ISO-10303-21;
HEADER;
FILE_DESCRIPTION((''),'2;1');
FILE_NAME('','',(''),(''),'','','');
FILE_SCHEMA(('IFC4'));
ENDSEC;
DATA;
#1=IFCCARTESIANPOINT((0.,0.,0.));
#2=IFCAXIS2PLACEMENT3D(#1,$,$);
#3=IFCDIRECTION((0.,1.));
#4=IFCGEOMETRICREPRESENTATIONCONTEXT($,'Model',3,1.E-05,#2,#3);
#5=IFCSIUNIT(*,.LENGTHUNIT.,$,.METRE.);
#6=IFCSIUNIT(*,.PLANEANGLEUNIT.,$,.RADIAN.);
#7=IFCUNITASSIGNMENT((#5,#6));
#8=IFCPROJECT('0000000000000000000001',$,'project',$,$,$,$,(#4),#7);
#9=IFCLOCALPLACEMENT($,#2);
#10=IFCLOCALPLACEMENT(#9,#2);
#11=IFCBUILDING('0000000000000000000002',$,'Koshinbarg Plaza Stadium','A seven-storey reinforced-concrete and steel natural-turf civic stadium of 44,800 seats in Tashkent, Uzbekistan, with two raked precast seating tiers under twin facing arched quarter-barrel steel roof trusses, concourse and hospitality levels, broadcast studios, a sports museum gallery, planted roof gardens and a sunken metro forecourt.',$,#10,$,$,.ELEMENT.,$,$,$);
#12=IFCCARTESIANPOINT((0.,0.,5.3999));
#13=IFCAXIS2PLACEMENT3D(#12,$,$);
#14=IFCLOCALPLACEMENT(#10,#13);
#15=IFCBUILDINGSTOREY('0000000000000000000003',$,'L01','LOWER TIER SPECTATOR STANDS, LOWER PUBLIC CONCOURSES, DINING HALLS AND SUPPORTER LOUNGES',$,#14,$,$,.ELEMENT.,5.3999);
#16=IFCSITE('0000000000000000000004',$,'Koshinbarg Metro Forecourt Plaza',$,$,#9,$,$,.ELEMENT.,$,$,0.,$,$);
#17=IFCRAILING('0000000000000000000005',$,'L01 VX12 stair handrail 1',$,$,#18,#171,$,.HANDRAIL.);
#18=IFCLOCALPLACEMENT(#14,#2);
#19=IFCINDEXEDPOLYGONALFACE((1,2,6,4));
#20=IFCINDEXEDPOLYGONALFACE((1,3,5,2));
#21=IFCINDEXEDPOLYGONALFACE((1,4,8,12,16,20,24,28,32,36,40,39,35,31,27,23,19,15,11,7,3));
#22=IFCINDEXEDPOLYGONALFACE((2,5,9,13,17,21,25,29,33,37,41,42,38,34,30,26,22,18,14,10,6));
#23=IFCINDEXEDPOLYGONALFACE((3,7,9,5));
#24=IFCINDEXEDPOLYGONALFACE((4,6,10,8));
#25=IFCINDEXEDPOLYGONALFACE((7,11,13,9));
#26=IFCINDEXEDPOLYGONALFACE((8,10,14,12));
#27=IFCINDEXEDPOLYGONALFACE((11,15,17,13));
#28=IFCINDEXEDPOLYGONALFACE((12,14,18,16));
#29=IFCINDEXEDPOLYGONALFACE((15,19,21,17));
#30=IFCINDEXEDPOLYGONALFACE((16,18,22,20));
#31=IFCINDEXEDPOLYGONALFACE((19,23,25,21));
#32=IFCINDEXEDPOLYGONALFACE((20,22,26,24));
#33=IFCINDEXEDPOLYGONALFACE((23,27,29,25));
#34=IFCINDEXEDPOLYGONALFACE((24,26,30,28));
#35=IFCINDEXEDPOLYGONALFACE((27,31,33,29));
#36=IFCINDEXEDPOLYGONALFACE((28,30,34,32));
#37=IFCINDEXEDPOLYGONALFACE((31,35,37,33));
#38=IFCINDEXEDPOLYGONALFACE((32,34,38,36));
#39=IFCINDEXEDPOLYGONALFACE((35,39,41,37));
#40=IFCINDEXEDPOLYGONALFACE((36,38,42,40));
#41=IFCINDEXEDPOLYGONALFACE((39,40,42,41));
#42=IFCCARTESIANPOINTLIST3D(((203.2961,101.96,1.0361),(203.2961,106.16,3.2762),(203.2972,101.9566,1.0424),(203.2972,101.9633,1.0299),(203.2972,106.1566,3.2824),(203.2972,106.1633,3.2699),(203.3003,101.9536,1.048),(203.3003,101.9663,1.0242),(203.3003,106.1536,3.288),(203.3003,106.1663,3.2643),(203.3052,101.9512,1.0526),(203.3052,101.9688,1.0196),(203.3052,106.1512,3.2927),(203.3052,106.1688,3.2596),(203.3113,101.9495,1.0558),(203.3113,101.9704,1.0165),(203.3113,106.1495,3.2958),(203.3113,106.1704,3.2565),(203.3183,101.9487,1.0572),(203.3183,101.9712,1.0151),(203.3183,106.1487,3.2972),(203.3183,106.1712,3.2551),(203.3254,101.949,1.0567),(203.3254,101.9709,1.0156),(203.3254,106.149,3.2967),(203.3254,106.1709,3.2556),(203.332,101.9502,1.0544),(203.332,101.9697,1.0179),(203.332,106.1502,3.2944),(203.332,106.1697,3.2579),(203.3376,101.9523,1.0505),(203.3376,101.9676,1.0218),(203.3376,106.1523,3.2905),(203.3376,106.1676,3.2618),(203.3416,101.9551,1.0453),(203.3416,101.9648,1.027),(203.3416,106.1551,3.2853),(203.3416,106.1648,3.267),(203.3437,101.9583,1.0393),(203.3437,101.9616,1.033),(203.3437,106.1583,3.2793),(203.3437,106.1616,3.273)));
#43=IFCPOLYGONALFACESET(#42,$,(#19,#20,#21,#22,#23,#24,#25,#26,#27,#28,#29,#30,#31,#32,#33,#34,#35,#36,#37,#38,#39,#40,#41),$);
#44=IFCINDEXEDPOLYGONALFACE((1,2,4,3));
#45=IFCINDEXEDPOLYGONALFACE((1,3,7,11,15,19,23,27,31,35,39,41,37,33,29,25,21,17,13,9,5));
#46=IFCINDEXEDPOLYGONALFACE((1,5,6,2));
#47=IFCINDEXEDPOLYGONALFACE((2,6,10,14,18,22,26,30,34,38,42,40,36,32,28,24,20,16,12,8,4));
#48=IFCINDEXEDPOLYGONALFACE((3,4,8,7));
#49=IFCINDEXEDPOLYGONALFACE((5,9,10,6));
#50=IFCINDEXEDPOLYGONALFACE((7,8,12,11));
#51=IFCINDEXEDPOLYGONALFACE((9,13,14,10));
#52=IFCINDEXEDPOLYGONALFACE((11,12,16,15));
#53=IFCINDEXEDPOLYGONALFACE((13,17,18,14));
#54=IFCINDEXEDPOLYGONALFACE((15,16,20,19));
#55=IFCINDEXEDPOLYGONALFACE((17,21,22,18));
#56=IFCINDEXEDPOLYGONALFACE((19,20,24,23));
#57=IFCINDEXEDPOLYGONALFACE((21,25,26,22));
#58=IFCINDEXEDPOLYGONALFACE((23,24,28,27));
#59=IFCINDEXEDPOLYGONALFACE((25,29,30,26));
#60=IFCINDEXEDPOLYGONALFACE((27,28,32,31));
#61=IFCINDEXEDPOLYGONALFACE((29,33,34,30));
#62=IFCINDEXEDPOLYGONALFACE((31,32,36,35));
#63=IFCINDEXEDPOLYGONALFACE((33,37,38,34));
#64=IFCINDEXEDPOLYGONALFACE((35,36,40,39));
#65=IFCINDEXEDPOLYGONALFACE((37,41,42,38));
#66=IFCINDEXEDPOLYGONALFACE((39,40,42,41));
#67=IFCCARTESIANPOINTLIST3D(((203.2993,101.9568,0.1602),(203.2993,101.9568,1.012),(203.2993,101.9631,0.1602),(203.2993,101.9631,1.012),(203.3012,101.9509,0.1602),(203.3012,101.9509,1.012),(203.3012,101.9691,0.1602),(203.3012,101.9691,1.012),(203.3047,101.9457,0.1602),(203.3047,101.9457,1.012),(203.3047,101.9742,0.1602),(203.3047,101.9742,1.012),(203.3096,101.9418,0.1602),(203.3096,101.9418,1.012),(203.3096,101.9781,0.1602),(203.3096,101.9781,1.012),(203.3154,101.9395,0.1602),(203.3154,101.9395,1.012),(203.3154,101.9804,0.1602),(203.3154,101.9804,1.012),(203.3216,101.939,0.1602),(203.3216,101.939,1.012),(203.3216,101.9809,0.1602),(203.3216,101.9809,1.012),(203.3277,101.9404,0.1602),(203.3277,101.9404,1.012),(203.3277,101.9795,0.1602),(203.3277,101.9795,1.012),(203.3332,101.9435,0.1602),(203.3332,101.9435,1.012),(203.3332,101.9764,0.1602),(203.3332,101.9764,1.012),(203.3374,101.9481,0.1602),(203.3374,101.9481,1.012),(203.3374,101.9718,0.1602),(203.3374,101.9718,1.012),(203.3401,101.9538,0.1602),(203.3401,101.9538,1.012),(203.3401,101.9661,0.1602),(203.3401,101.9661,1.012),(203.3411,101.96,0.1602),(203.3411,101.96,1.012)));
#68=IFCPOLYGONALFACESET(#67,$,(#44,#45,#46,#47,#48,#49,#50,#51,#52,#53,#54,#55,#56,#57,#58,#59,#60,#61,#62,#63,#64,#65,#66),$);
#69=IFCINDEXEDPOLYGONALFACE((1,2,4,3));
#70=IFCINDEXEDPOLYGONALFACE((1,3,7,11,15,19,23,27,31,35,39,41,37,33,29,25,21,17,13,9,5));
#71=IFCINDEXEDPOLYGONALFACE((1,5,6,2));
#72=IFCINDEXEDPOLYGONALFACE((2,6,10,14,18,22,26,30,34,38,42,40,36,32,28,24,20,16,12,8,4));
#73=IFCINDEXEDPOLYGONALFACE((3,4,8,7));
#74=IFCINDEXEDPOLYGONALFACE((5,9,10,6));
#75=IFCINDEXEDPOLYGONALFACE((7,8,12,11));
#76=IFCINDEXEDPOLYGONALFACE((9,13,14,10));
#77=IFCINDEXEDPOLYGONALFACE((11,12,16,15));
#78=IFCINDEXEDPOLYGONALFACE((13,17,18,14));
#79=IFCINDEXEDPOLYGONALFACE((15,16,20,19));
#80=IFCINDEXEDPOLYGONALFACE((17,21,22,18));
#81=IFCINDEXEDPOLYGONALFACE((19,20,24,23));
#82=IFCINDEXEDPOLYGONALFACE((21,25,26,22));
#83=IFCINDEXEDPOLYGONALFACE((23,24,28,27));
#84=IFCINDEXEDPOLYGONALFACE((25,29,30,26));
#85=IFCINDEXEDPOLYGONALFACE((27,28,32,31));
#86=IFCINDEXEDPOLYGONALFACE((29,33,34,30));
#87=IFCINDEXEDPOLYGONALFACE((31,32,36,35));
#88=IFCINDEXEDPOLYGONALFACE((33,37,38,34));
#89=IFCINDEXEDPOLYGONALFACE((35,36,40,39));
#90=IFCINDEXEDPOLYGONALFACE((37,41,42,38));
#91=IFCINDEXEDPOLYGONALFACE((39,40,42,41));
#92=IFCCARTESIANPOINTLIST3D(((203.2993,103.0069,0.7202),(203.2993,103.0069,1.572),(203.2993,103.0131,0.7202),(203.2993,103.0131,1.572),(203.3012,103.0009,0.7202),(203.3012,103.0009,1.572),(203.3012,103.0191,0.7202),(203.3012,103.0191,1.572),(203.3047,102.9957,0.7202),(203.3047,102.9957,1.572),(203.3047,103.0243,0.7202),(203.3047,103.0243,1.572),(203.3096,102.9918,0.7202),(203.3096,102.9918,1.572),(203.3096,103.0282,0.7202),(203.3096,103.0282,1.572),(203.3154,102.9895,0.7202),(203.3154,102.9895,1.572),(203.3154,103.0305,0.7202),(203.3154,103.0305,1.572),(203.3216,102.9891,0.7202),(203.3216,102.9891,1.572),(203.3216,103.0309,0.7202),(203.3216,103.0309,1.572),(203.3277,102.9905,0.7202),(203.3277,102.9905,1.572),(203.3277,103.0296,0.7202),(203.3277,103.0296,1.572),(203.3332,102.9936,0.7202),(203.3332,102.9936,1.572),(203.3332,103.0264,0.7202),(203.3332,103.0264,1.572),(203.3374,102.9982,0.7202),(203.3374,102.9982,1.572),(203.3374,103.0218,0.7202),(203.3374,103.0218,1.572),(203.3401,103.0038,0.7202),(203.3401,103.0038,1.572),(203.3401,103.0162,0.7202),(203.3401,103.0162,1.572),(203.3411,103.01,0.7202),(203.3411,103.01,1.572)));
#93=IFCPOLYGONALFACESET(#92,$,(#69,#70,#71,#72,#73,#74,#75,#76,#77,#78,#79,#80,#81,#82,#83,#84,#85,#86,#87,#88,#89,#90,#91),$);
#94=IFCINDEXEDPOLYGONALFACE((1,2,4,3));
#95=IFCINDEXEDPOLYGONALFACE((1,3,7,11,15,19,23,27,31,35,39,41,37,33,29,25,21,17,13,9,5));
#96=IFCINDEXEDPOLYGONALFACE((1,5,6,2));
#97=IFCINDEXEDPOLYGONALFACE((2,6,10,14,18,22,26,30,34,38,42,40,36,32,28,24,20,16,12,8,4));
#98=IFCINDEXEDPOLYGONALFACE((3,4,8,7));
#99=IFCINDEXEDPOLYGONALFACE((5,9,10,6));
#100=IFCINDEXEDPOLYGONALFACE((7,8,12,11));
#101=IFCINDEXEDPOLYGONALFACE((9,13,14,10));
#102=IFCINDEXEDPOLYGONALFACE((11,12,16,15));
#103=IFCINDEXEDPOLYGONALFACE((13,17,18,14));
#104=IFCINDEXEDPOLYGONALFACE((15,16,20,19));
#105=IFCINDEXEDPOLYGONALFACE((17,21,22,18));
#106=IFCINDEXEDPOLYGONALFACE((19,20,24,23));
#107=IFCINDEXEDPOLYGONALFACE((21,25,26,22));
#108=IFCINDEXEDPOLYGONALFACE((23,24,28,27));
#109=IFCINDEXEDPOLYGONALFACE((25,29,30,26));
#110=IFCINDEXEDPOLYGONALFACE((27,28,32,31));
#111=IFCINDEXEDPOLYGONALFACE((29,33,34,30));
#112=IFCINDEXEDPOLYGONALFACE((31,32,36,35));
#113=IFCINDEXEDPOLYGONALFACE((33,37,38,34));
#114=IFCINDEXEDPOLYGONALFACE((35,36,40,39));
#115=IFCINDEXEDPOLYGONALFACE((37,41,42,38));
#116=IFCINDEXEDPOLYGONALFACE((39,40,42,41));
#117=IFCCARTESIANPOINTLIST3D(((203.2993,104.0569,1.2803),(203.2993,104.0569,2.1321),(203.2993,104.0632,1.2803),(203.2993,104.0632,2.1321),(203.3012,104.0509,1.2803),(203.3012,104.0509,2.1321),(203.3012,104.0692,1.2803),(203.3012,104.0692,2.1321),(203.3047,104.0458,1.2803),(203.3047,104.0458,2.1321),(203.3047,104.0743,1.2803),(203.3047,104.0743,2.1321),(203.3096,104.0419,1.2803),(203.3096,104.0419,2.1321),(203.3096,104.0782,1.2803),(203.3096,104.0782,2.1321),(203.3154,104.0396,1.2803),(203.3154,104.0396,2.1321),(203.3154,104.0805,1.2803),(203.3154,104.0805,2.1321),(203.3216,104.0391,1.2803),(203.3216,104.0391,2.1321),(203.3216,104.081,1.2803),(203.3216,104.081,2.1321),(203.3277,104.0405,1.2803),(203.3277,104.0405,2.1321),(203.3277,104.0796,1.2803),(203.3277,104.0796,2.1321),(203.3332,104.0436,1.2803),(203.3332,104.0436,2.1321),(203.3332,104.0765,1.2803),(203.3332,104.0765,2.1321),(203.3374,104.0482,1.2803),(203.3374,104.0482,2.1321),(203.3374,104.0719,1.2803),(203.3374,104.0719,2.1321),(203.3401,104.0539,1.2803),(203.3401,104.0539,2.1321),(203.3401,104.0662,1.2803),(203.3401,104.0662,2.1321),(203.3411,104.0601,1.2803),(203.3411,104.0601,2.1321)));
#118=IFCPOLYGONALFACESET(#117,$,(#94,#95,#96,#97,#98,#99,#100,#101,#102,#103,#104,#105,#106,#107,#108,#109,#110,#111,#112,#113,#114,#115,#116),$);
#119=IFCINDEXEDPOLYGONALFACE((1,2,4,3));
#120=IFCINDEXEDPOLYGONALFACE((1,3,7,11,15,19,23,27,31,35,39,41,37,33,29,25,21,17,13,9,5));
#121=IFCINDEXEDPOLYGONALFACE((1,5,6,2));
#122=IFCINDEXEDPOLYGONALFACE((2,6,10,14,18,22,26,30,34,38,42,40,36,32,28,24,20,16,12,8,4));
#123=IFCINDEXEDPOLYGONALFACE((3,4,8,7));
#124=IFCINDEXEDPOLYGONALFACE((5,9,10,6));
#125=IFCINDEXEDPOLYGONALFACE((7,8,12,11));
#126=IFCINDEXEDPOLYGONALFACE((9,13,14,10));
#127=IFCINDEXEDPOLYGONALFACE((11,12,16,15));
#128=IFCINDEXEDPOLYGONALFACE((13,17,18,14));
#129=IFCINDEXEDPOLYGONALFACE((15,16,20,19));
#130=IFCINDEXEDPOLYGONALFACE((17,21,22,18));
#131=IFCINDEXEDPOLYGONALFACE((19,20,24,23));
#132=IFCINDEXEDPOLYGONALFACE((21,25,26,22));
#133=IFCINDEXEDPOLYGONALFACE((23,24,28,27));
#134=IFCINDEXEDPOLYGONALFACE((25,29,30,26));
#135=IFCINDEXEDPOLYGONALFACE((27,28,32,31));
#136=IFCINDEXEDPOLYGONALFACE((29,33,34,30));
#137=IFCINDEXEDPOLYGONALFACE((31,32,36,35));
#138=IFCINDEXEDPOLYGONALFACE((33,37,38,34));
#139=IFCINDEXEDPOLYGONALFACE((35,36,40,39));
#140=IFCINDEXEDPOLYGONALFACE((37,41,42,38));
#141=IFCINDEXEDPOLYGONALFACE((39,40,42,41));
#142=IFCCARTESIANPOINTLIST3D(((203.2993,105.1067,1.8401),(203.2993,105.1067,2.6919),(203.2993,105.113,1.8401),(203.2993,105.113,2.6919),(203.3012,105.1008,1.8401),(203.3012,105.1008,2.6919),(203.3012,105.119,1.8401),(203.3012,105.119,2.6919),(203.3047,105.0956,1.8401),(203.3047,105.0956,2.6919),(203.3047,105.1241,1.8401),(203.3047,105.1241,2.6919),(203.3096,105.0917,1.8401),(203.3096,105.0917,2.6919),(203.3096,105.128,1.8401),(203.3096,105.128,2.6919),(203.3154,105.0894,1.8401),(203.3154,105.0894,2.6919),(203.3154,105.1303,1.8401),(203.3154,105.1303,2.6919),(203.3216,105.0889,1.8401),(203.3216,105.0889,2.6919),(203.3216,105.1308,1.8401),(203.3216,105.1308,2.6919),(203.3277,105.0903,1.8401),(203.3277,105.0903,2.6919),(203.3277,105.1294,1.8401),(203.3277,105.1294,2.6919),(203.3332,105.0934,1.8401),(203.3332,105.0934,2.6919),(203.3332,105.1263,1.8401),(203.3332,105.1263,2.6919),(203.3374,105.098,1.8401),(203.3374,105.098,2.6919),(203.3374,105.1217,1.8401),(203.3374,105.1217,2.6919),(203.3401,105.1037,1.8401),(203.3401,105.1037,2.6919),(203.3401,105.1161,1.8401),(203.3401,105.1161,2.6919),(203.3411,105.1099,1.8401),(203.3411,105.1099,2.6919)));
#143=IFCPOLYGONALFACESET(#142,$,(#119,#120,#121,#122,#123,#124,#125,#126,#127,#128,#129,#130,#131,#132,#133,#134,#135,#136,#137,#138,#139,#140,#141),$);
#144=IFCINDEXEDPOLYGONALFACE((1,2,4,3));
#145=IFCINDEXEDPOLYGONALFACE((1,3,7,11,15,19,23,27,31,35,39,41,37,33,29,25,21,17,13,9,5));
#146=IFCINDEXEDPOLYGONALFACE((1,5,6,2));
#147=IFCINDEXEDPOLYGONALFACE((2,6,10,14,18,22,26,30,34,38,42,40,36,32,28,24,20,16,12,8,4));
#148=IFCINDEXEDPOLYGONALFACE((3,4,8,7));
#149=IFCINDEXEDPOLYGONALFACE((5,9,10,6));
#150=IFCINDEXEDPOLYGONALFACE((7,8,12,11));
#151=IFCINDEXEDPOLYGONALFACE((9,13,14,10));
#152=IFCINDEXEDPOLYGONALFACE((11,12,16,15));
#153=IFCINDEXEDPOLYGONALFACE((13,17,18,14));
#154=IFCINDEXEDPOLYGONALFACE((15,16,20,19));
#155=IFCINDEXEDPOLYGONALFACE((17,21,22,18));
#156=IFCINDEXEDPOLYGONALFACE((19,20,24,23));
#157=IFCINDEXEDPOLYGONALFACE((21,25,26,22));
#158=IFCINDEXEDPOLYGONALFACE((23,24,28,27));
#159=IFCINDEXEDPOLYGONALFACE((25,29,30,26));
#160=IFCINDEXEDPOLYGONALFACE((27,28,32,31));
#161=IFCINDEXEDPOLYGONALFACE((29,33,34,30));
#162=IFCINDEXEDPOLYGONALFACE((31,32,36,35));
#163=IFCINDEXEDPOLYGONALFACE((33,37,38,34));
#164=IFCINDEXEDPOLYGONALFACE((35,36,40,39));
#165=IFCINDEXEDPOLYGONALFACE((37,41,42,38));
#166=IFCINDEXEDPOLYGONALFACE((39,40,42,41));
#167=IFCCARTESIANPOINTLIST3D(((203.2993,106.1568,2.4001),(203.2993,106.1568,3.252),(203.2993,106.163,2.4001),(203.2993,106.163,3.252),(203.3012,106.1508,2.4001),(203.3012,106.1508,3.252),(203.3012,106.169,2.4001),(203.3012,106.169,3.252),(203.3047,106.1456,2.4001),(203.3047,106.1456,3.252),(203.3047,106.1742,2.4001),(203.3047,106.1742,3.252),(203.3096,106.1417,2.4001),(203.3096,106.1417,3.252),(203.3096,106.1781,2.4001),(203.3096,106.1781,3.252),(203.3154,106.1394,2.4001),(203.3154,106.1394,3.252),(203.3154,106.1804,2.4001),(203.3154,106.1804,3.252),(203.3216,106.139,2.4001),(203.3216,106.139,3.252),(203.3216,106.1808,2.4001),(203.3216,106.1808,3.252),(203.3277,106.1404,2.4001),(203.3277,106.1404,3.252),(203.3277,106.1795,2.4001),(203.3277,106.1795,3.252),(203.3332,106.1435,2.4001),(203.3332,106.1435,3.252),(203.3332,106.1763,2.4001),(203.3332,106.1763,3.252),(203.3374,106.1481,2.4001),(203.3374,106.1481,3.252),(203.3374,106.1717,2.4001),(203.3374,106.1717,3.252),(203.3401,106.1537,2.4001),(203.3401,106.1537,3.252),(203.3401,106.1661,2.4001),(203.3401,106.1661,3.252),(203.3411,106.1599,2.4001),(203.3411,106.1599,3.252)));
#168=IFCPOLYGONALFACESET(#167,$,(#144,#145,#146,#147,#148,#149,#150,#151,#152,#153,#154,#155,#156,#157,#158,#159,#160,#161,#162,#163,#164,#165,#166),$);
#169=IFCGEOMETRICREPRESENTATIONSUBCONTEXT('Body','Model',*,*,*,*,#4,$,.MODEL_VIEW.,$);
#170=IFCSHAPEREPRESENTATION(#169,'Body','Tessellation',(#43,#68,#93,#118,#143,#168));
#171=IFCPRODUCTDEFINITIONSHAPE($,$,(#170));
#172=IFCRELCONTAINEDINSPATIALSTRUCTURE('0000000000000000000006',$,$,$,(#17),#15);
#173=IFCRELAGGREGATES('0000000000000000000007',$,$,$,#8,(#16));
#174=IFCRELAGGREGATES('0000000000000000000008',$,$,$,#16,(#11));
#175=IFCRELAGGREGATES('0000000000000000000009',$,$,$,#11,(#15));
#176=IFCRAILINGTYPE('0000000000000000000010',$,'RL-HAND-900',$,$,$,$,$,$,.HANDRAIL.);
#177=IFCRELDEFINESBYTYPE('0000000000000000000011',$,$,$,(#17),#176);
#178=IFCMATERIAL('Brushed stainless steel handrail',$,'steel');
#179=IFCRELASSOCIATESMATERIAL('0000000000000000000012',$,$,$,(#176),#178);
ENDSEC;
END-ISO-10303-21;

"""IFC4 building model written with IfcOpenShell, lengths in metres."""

from ifc_helpers import new_model, si_unit, direction, frame, origin, origin_2d, place, context, subcontext, project, spatial, circle, extrude, material, type_object, element, save


model = new_model("IFC4")

# Units and contexts
model_context = context("Model", 3, precision=1e-05, world=origin(), true_north=direction((0.0, 1.0)))
body_context = subcontext(model_context, "Body", "Model", "MODEL_VIEW")
ifc_project = project(units=[si_unit("LENGTHUNIT", "METRE"), si_unit("PLANEANGLEUNIT", "RADIAN")], contexts=[model_context])

# Site, building, storey
site_placement = place(None, origin())
site = spatial("IfcSite", under=ifc_project, at=site_placement, Name="Koshinbarg Metro Forecourt Plaza", CompositionType="ELEMENT", RefElevation=0.0)
building_placement = place(site_placement, origin())
building = spatial("IfcBuilding", under=site, at=building_placement, Name="Koshinbarg Plaza Stadium", Description="A seven-storey reinforced-concrete and steel natural-turf civic stadium of 44,800 seats in Tashkent, Uzbekistan, with two raked precast seating tiers under twin facing arched quarter-barrel steel roof trusses, concourse and hospitality levels, broadcast studios, a sports museum gallery, planted roof gardens and a sunken metro forecourt.", CompositionType="ELEMENT")
storey_placement = place(building_placement, frame((0.0, 0.0, 5.3999)))
storey = spatial("IfcBuildingStorey", under=building, at=storey_placement, Name="L01", Description="LOWER TIER SPECTATOR STANDS, LOWER PUBLIC CONCOURSES, DINING HALLS AND SUPPORTER LOUNGES", CompositionType="ELEMENT", Elevation=5.3999)

# Railing
ifc_material_1 = material(Name="Brushed stainless steel handrail", Category="steel")
railing_type_1 = type_object("IfcRailingType", Name="RL-HAND-900", PredefinedType="HANDRAIL", material=ifc_material_1)
railing_1_placement = place(storey_placement, frame((203.3201, 101.96, 0.1602)))
element("IfcRailing", 1, at=railing_1_placement, inside=storey, type_object=railing_type_1, Name="L01 VX12 stair handrail 1", PredefinedType="HANDRAIL", context=body_context, shape_type="SweptSolid", body=[
    extrude(circle(Radius=0.0239, at=origin_2d()), frame((0.0, 0.0, 0.876), z_axis=(0.0, 0.882352, 0.470591), x_axis=(-1.0, 0.0, 0.0)), (0.0, 0.0, 1.0), 4.76),
    extrude(circle(Radius=0.021, at=origin_2d()), origin(), (0.0, 0.0, 1.0), 0.8518),
    extrude(circle(Radius=0.021, at=origin_2d()), frame((0.0, 1.05, 0.5601)), (0.0, 0.0, 1.0), 0.8518),
    extrude(circle(Radius=0.021, at=origin_2d()), frame((0.0, 2.1001, 1.1201)), (0.0, 0.0, 1.0), 0.8518),
    extrude(circle(Radius=0.021, at=origin_2d()), frame((0.0, 3.1499, 1.6799)), (0.0, 0.0, 1.0), 0.8518),
    extrude(circle(Radius=0.021, at=origin_2d()), frame((0.0, 4.2, 2.24)), (0.0, 0.0, 1.0), 0.8518),
])

save(model, "model.ifc")
